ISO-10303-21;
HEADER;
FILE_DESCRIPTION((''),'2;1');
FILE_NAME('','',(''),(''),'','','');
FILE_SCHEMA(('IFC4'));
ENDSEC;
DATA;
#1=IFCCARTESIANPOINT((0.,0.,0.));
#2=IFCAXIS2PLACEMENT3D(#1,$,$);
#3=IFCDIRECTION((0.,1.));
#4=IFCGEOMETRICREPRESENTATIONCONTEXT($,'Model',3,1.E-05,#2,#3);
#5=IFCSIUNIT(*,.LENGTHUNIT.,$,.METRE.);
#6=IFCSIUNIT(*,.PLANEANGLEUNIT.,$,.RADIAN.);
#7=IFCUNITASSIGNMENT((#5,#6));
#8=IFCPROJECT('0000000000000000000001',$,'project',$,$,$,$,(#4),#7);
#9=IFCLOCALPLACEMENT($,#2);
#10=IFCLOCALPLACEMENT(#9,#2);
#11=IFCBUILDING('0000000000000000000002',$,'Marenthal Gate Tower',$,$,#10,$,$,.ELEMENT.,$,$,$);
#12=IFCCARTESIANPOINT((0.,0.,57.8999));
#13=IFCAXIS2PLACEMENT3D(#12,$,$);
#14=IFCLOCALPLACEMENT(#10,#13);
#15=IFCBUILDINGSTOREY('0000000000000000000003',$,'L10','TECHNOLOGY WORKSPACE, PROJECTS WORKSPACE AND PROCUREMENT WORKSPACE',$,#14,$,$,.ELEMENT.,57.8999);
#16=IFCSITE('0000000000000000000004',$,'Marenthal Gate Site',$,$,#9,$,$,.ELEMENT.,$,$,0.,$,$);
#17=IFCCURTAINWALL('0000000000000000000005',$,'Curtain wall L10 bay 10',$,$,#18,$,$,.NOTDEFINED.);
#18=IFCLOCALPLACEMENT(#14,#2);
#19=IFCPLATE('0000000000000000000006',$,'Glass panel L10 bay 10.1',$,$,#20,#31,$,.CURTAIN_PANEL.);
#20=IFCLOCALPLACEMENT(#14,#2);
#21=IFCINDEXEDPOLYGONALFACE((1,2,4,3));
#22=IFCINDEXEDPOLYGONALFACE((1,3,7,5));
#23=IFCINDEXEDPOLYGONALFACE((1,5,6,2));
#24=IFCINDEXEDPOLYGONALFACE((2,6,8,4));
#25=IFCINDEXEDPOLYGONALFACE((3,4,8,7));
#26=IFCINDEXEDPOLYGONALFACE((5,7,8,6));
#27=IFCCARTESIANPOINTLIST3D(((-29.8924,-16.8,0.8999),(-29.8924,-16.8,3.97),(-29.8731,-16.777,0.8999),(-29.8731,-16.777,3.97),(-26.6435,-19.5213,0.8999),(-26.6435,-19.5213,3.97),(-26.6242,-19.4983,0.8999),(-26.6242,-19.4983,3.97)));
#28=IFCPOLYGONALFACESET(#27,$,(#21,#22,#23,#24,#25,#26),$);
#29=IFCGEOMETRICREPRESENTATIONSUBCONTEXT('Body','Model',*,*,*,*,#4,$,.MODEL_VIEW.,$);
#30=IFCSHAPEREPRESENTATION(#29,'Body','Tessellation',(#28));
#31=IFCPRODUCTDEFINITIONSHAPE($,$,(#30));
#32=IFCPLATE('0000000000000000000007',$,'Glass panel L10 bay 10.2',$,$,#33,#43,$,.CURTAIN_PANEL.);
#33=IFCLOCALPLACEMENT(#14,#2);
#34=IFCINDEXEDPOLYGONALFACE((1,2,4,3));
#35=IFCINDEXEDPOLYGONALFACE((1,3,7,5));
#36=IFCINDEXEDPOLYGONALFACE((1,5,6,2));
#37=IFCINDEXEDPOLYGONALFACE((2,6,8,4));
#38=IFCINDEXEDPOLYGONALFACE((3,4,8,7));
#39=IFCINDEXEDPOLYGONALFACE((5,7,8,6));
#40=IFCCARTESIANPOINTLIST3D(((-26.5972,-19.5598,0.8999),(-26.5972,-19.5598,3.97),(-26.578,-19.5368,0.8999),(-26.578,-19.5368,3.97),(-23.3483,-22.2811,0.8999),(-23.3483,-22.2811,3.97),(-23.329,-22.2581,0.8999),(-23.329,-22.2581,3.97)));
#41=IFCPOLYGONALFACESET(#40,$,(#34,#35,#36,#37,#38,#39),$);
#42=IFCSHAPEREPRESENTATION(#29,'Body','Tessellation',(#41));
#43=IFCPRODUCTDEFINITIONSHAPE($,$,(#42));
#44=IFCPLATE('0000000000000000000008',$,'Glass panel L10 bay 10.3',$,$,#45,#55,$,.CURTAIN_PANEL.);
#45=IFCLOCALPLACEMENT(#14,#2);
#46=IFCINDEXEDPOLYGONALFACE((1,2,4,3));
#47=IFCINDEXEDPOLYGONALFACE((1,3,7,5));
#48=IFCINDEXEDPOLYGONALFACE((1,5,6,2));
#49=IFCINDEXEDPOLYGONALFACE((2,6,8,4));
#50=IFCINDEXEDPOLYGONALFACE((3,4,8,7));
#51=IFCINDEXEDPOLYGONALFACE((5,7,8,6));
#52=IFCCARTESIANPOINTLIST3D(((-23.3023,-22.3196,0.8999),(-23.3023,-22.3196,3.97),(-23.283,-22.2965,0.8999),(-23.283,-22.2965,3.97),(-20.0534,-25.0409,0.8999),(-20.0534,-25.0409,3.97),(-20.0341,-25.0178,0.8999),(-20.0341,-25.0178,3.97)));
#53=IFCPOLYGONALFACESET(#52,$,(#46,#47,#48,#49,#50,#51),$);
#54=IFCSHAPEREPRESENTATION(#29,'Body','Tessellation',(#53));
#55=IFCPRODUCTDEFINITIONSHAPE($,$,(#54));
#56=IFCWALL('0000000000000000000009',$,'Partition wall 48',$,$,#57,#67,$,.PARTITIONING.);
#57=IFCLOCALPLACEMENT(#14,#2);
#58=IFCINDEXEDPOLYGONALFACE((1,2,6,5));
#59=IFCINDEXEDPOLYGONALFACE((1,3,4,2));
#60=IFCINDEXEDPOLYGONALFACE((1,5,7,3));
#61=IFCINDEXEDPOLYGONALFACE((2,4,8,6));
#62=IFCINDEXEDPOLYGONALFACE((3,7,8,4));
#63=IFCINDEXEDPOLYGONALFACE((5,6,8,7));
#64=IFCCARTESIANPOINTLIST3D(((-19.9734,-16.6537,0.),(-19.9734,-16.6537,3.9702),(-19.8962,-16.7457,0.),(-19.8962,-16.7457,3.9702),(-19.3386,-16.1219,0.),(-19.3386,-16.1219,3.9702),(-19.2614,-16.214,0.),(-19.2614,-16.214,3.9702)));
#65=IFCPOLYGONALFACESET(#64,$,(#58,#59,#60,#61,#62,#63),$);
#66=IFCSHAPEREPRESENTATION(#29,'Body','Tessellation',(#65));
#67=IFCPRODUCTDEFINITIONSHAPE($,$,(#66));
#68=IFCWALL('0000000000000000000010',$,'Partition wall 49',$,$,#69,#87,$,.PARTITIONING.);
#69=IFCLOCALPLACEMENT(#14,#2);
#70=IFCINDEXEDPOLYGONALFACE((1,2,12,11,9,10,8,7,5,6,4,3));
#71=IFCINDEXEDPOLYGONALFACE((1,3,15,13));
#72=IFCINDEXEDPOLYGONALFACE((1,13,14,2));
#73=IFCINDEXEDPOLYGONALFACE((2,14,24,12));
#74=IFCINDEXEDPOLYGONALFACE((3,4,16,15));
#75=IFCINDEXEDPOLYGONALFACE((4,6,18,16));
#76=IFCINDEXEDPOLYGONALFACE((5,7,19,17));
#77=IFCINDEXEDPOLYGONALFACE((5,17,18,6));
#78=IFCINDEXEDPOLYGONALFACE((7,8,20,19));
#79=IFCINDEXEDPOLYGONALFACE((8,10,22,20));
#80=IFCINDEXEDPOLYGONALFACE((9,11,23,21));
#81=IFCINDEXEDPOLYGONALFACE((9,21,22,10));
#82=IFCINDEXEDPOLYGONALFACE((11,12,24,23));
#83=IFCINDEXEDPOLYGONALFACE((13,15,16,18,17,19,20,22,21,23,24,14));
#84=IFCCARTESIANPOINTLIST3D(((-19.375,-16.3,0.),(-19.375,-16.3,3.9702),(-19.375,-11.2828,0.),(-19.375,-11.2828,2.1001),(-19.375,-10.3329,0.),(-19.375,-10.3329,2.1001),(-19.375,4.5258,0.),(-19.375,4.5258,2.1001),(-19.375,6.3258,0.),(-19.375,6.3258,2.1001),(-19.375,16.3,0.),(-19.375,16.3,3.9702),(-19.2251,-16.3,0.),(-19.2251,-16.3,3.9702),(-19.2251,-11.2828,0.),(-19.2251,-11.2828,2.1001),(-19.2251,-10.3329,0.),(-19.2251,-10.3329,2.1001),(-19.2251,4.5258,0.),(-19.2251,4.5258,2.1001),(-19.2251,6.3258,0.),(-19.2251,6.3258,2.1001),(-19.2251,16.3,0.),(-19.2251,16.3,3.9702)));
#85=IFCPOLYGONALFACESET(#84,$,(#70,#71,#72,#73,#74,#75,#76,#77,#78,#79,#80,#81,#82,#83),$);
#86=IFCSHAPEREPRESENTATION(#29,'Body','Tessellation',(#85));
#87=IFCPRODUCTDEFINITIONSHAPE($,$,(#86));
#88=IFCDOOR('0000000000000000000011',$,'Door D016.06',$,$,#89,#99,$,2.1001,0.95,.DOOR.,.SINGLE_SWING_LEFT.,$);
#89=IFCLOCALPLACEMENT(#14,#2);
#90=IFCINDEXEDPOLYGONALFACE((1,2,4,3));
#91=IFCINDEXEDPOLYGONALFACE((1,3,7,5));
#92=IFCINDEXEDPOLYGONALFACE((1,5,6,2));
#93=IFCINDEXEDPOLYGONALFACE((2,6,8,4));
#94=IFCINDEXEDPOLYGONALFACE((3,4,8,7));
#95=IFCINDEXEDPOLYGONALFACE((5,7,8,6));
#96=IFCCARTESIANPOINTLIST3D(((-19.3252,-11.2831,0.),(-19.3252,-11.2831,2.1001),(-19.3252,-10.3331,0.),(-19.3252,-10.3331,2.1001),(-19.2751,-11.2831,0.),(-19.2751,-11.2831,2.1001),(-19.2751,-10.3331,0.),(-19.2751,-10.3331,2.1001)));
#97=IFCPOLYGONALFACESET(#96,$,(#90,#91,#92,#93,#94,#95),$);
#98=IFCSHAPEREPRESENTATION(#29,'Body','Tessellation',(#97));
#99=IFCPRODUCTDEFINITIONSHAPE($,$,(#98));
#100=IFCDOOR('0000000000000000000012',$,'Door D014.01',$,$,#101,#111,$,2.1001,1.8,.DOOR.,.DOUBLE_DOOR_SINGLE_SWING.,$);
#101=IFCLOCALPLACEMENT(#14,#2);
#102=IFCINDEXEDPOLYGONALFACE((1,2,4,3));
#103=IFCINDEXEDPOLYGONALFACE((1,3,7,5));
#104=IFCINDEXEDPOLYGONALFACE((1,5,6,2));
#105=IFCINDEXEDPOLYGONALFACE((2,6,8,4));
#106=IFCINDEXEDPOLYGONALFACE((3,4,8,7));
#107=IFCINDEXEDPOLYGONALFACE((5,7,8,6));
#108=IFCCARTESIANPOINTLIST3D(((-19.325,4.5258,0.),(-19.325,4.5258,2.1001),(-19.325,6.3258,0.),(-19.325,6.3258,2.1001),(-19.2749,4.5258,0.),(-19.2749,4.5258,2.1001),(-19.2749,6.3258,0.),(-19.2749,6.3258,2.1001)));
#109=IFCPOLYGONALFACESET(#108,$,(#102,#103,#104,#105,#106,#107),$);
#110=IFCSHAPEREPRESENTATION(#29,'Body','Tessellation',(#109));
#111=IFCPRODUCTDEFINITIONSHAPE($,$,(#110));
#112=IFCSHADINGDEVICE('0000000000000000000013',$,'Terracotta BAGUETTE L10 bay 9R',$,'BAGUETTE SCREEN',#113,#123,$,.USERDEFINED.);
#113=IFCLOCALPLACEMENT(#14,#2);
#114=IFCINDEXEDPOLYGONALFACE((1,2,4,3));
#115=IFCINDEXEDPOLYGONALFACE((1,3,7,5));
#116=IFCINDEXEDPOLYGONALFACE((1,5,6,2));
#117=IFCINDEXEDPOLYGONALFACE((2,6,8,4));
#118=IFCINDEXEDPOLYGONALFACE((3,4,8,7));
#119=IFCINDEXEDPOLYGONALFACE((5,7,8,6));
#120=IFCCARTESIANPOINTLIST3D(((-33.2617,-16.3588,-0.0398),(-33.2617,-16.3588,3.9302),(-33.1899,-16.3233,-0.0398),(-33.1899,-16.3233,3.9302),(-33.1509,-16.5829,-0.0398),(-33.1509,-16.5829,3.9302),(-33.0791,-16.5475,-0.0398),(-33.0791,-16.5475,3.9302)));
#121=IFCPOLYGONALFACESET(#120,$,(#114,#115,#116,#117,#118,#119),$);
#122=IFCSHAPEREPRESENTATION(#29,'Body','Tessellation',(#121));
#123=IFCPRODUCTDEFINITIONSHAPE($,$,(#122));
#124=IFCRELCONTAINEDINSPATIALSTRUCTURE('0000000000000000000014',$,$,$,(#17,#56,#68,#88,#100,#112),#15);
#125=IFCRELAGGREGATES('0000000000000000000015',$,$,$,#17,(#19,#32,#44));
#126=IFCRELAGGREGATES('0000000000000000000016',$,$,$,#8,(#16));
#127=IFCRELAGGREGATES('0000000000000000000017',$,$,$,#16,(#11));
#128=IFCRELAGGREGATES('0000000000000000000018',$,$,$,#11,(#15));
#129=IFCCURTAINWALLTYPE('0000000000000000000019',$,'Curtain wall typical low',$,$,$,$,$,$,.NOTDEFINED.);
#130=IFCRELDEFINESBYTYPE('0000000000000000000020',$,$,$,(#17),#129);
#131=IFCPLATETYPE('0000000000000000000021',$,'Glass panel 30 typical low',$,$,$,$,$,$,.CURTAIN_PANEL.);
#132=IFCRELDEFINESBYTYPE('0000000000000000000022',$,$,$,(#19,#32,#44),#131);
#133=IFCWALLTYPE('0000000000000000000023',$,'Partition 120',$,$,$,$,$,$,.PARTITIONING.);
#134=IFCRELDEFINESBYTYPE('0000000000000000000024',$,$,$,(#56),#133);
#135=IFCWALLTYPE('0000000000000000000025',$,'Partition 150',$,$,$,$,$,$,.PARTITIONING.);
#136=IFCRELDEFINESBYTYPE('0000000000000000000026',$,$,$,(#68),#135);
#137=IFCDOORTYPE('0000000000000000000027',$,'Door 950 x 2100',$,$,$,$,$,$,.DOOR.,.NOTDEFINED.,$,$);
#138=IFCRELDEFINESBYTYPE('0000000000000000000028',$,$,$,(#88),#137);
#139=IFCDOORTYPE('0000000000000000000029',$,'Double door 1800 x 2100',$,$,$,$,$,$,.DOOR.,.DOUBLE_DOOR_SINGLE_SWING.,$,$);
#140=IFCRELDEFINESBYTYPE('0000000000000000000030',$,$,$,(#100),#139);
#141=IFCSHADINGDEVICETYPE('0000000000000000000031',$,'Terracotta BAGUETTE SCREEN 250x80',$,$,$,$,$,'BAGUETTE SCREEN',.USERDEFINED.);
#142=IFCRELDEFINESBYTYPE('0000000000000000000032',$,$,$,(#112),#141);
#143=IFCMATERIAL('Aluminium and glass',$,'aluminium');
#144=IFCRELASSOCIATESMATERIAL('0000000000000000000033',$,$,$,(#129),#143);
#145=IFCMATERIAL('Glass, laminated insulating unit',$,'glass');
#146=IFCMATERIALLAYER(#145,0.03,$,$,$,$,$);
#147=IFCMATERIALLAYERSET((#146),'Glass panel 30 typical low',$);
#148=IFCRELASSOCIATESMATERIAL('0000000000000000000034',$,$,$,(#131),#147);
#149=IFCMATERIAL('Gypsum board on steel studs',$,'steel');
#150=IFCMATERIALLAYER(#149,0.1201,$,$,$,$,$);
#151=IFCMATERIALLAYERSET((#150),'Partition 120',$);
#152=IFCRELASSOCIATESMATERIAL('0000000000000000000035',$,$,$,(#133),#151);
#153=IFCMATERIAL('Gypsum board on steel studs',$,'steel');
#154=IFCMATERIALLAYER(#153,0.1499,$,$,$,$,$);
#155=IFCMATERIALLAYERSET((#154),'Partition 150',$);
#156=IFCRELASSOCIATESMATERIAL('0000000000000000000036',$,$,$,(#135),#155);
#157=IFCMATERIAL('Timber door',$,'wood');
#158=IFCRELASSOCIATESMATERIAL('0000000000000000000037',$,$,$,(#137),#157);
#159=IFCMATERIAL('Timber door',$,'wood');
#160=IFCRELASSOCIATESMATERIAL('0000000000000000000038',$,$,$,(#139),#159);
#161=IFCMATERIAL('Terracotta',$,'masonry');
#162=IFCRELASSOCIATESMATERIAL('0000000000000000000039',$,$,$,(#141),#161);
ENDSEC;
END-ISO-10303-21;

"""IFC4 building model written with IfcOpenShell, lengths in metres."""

from ifc_helpers import new_model, si_unit, direction, frame, frame_2d, origin, origin_2d, place, context, subcontext, project, spatial, rectangle, extrude, material, layer, layer_set, material_profile, profile_set, type_object, element, fill, aggregate, save


model = new_model("IFC4")

# Units and contexts
model_context = context("Model", 3, precision=1e-05, world=origin(), true_north=direction((0.0, 1.0)))
body_context = subcontext(model_context, "Body", "Model", "MODEL_VIEW")
ifc_project = project(units=[si_unit("LENGTHUNIT", "METRE"), si_unit("PLANEANGLEUNIT", "RADIAN")], contexts=[model_context])

# Site, building, storey
site_placement = place(None, origin())
site = spatial("IfcSite", under=ifc_project, at=site_placement, Name="Marenthal Gate Site", CompositionType="ELEMENT", RefElevation=0.0)
building_placement = place(site_placement, origin())
building = spatial("IfcBuilding", under=site, at=building_placement, Name="Marenthal Gate Tower", CompositionType="ELEMENT")
storey_placement = place(building_placement, frame((0.0, 0.0, 57.8999)))
storey = spatial("IfcBuildingStorey", under=building, at=storey_placement, Name="L10", Description="TECHNOLOGY WORKSPACE, PROJECTS WORKSPACE AND PROCUREMENT WORKSPACE", CompositionType="ELEMENT", Elevation=57.8999)

# Curtain wall
ifc_material_1 = material(Name="Aluminium and glass", Category="aluminium")
curtain_wall_type = type_object("IfcCurtainWallType", Name="Curtain wall typical low", PredefinedType="NOTDEFINED", material=ifc_material_1)
curtain_wall_placement = place(storey_placement, origin())
curtain_wall = element("IfcCurtainWall", 1, at=curtain_wall_placement, inside=storey, type_object=curtain_wall_type, Name="Curtain wall L10 bay 10", PredefinedType="NOTDEFINED")

# Plates
ifc_material_2 = material(Name="Glass, laminated insulating unit", Category="glass")
ifc_layer_1 = layer(ifc_material_2, 0.03)
ifc_layer_set_1 = layer_set([ifc_layer_1], Name="Glass panel 30 typical low")
plate_type = type_object("IfcPlateType", Name="Glass panel 30 typical low", PredefinedType="CURTAIN_PANEL", material=ifc_layer_set_1)
plate_1_placement = place(storey_placement, frame((-28.2583, -18.1492, 0.8999), z_axis=(0.0, 0.0, 1.0), x_axis=(0.766611, -0.642112, 0.0)))
plate_1 = element("IfcPlate", 2, at=plate_1_placement, type_object=plate_type, Name="Glass panel L10 bay 10.1", PredefinedType="CURTAIN_PANEL", context=body_context, shape_type="SweptSolid", body=[
    extrude(rectangle(XDim=4.238, YDim=0.03, at=origin_2d()), origin(), (0.0, 0.0, 1.0), 3.0701),
])
plate_2_placement = place(storey_placement, frame((-24.9631, -20.9089, 0.8999), z_axis=(0.0, 0.0, 1.0), x_axis=(0.766611, -0.642112, 0.0)))
plate_2 = element("IfcPlate", 3, at=plate_2_placement, type_object=plate_type, Name="Glass panel L10 bay 10.2", PredefinedType="CURTAIN_PANEL", context=body_context, shape_type="SweptSolid", body=[
    extrude(rectangle(XDim=4.238, YDim=0.03, at=origin_2d()), origin(), (0.0, 0.0, 1.0), 3.0701),
])
plate_3_placement = place(storey_placement, frame((-21.6682, -23.6687, 0.8999), z_axis=(0.0, 0.0, 1.0), x_axis=(0.766611, -0.642112, 0.0)))
plate_3 = element("IfcPlate", 4, at=plate_3_placement, type_object=plate_type, Name="Glass panel L10 bay 10.3", PredefinedType="CURTAIN_PANEL", context=body_context, shape_type="SweptSolid", body=[
    extrude(rectangle(XDim=4.238, YDim=0.03, at=origin_2d()), origin(), (0.0, 0.0, 1.0), 3.0701),
])
aggregate(curtain_wall, [plate_1, plate_2, plate_3])

# Wall
ifc_material_3 = material(Name="Gypsum board on steel studs", Category="steel")
ifc_layer_2 = layer(ifc_material_3, 0.1201)
ifc_layer_set_2 = layer_set([ifc_layer_2], Name="Partition 120")
wall_type_1 = type_object("IfcWallType", Name="Partition 120", PredefinedType="PARTITIONING", material=ifc_layer_set_2)
wall_1_placement = place(storey_placement, frame((-19.9348, -16.6997, 0.0), z_axis=(0.0, 0.0, 1.0), x_axis=(0.766575, 0.642154, 0.0)))
element("IfcWall", 5, at=wall_1_placement, inside=storey, type_object=wall_type_1, Name="Partition wall 48", PredefinedType="PARTITIONING", context=body_context, shape_type="SweptSolid", body=[
    extrude(rectangle(XDim=0.8281, YDim=0.1201, at=frame_2d((0.4141, 0.0))), origin(), (0.0, 0.0, 1.0), 3.9702),
])

# Wall, openings, doors
ifc_material_4 = material(Name="Gypsum board on steel studs", Category="steel")
ifc_layer_3 = layer(ifc_material_4, 0.1499)
ifc_layer_set_3 = layer_set([ifc_layer_3], Name="Partition 150")
wall_type_2 = type_object("IfcWallType", Name="Partition 150", PredefinedType="PARTITIONING", material=ifc_layer_set_3)
wall_2_placement = place(storey_placement, frame((-19.3, -16.3, 0.0), z_axis=(0.0, 0.0, 1.0), x_axis=(0.0, 1.0, 0.0)))
wall_2 = element("IfcWall", 6, at=wall_2_placement, inside=storey, type_object=wall_type_2, Name="Partition wall 49", PredefinedType="PARTITIONING", context=body_context, shape_type="SweptSolid", body=[
    extrude(rectangle(XDim=32.6001, YDim=0.1499, at=frame_2d((16.3, 0.0))), origin(), (0.0, 0.0, 1.0), 3.9702),
])
opening_1_placement = place(wall_2_placement, frame((20.8259, 0.0, 0.0)))
opening_1 = element("IfcOpeningElement", 7, at=opening_1_placement, cuts=wall_2, PredefinedType="OPENING", context=body_context, shape_type="SweptSolid", body=[
    extrude(rectangle(XDim=1.8, YDim=2.1001, at=frame_2d((0.8999, 1.05))), frame((0.0, 0.085, 0.0), z_axis=(0.0, -1.0, 0.0), x_axis=(1.0, 0.0, 0.0)), (0.0, 0.0, 1.0), 0.1699),
])
opening_2_placement = place(wall_2_placement, frame((5.0171, 0.0, 0.0)))
opening_2 = element("IfcOpeningElement", 8, at=opening_2_placement, cuts=wall_2, PredefinedType="OPENING", context=body_context, shape_type="SweptSolid", body=[
    extrude(rectangle(XDim=0.95, YDim=2.1001, at=frame_2d((0.4751, 1.05))), frame((0.0, 0.085, 0.0), z_axis=(0.0, -1.0, 0.0), x_axis=(1.0, 0.0, 0.0)), (0.0, 0.0, 1.0), 0.1699),
])
ifc_material_5 = material(Name="Timber door", Category="wood")
door_type_1 = type_object("IfcDoorType", Name="Door 950 x 2100", OperationType="NOTDEFINED", PredefinedType="DOOR", material=ifc_material_5)
door_1_placement = place(opening_2_placement, frame((0.95, 0.0, 0.0), z_axis=(0.0, 0.0, 1.0), x_axis=(-1.0, 0.0, 0.0)))
door_1 = element("IfcDoor", 9, at=door_1_placement, inside=storey, type_object=door_type_1, Name="Door D016.06", OperationType="SINGLE_SWING_LEFT", OverallHeight=2.1001, OverallWidth=0.95, PredefinedType="DOOR", context=body_context, shape_type="SweptSolid", body=[
    extrude(rectangle(XDim=0.95, YDim=2.1001, at=frame_2d((0.4751, 1.05))), frame((0.0, 0.0249, 0.0), z_axis=(0.0, -1.0, 0.0), x_axis=(1.0, 0.0, 0.0)), (0.0, 0.0, 1.0), 0.05),
])
fill(opening_2, door_1)
ifc_material_6 = material(Name="Timber door", Category="wood")
door_type_2 = type_object("IfcDoorType", Name="Double door 1800 x 2100", OperationType="DOUBLE_DOOR_SINGLE_SWING", PredefinedType="DOOR", material=ifc_material_6)
door_2_placement = place(opening_1_placement, origin())
door_2 = element("IfcDoor", 10, at=door_2_placement, inside=storey, type_object=door_type_2, Name="Door D014.01", OperationType="DOUBLE_DOOR_SINGLE_SWING", OverallHeight=2.1001, OverallWidth=1.8, PredefinedType="DOOR", context=body_context, shape_type="SweptSolid", body=[
    extrude(rectangle(XDim=1.8, YDim=2.1001, at=frame_2d((0.8999, 1.05))), frame((0.0, 0.0249, 0.0), z_axis=(0.0, -1.0, 0.0), x_axis=(1.0, 0.0, 0.0)), (0.0, 0.0, 1.0), 0.05),
])
fill(opening_1, door_2)

# Shading device
ifc_material_7 = material(Name="Terracotta", Category="masonry")
ifc_material_profile_1 = material_profile(ifc_material_7, rectangle(XDim=0.25, YDim=0.0801, at=origin_2d()), Name="Terracotta baguette 250x80")
ifc_profile_set_1 = profile_set([ifc_material_profile_1], Name="Terracotta")
shading_device_type = type_object("IfcShadingDeviceType", Name="Terracotta BAGUETTE SCREEN 250x80", ElementType="BAGUETTE SCREEN", PredefinedType="USERDEFINED", material=ifc_profile_set_1)
shading_device_placement = place(storey_placement, frame((-33.1704, -16.4531, -0.0398), z_axis=(0.0, 0.0, 1.0), x_axis=(0.442993, -0.896525, 0.0)))
element("IfcShadingDevice", 11, at=shading_device_placement, inside=storey, type_object=shading_device_type, Name="Terracotta BAGUETTE L10 bay 9R", ObjectType="BAGUETTE SCREEN", PredefinedType="USERDEFINED", context=body_context, shape_type="SweptSolid", body=[
    extrude(rectangle(XDim=0.25, YDim=0.0801, at=origin_2d()), origin(), (0.0, 0.0, 1.0), 3.97),
])

save(model, "model.ifc")
